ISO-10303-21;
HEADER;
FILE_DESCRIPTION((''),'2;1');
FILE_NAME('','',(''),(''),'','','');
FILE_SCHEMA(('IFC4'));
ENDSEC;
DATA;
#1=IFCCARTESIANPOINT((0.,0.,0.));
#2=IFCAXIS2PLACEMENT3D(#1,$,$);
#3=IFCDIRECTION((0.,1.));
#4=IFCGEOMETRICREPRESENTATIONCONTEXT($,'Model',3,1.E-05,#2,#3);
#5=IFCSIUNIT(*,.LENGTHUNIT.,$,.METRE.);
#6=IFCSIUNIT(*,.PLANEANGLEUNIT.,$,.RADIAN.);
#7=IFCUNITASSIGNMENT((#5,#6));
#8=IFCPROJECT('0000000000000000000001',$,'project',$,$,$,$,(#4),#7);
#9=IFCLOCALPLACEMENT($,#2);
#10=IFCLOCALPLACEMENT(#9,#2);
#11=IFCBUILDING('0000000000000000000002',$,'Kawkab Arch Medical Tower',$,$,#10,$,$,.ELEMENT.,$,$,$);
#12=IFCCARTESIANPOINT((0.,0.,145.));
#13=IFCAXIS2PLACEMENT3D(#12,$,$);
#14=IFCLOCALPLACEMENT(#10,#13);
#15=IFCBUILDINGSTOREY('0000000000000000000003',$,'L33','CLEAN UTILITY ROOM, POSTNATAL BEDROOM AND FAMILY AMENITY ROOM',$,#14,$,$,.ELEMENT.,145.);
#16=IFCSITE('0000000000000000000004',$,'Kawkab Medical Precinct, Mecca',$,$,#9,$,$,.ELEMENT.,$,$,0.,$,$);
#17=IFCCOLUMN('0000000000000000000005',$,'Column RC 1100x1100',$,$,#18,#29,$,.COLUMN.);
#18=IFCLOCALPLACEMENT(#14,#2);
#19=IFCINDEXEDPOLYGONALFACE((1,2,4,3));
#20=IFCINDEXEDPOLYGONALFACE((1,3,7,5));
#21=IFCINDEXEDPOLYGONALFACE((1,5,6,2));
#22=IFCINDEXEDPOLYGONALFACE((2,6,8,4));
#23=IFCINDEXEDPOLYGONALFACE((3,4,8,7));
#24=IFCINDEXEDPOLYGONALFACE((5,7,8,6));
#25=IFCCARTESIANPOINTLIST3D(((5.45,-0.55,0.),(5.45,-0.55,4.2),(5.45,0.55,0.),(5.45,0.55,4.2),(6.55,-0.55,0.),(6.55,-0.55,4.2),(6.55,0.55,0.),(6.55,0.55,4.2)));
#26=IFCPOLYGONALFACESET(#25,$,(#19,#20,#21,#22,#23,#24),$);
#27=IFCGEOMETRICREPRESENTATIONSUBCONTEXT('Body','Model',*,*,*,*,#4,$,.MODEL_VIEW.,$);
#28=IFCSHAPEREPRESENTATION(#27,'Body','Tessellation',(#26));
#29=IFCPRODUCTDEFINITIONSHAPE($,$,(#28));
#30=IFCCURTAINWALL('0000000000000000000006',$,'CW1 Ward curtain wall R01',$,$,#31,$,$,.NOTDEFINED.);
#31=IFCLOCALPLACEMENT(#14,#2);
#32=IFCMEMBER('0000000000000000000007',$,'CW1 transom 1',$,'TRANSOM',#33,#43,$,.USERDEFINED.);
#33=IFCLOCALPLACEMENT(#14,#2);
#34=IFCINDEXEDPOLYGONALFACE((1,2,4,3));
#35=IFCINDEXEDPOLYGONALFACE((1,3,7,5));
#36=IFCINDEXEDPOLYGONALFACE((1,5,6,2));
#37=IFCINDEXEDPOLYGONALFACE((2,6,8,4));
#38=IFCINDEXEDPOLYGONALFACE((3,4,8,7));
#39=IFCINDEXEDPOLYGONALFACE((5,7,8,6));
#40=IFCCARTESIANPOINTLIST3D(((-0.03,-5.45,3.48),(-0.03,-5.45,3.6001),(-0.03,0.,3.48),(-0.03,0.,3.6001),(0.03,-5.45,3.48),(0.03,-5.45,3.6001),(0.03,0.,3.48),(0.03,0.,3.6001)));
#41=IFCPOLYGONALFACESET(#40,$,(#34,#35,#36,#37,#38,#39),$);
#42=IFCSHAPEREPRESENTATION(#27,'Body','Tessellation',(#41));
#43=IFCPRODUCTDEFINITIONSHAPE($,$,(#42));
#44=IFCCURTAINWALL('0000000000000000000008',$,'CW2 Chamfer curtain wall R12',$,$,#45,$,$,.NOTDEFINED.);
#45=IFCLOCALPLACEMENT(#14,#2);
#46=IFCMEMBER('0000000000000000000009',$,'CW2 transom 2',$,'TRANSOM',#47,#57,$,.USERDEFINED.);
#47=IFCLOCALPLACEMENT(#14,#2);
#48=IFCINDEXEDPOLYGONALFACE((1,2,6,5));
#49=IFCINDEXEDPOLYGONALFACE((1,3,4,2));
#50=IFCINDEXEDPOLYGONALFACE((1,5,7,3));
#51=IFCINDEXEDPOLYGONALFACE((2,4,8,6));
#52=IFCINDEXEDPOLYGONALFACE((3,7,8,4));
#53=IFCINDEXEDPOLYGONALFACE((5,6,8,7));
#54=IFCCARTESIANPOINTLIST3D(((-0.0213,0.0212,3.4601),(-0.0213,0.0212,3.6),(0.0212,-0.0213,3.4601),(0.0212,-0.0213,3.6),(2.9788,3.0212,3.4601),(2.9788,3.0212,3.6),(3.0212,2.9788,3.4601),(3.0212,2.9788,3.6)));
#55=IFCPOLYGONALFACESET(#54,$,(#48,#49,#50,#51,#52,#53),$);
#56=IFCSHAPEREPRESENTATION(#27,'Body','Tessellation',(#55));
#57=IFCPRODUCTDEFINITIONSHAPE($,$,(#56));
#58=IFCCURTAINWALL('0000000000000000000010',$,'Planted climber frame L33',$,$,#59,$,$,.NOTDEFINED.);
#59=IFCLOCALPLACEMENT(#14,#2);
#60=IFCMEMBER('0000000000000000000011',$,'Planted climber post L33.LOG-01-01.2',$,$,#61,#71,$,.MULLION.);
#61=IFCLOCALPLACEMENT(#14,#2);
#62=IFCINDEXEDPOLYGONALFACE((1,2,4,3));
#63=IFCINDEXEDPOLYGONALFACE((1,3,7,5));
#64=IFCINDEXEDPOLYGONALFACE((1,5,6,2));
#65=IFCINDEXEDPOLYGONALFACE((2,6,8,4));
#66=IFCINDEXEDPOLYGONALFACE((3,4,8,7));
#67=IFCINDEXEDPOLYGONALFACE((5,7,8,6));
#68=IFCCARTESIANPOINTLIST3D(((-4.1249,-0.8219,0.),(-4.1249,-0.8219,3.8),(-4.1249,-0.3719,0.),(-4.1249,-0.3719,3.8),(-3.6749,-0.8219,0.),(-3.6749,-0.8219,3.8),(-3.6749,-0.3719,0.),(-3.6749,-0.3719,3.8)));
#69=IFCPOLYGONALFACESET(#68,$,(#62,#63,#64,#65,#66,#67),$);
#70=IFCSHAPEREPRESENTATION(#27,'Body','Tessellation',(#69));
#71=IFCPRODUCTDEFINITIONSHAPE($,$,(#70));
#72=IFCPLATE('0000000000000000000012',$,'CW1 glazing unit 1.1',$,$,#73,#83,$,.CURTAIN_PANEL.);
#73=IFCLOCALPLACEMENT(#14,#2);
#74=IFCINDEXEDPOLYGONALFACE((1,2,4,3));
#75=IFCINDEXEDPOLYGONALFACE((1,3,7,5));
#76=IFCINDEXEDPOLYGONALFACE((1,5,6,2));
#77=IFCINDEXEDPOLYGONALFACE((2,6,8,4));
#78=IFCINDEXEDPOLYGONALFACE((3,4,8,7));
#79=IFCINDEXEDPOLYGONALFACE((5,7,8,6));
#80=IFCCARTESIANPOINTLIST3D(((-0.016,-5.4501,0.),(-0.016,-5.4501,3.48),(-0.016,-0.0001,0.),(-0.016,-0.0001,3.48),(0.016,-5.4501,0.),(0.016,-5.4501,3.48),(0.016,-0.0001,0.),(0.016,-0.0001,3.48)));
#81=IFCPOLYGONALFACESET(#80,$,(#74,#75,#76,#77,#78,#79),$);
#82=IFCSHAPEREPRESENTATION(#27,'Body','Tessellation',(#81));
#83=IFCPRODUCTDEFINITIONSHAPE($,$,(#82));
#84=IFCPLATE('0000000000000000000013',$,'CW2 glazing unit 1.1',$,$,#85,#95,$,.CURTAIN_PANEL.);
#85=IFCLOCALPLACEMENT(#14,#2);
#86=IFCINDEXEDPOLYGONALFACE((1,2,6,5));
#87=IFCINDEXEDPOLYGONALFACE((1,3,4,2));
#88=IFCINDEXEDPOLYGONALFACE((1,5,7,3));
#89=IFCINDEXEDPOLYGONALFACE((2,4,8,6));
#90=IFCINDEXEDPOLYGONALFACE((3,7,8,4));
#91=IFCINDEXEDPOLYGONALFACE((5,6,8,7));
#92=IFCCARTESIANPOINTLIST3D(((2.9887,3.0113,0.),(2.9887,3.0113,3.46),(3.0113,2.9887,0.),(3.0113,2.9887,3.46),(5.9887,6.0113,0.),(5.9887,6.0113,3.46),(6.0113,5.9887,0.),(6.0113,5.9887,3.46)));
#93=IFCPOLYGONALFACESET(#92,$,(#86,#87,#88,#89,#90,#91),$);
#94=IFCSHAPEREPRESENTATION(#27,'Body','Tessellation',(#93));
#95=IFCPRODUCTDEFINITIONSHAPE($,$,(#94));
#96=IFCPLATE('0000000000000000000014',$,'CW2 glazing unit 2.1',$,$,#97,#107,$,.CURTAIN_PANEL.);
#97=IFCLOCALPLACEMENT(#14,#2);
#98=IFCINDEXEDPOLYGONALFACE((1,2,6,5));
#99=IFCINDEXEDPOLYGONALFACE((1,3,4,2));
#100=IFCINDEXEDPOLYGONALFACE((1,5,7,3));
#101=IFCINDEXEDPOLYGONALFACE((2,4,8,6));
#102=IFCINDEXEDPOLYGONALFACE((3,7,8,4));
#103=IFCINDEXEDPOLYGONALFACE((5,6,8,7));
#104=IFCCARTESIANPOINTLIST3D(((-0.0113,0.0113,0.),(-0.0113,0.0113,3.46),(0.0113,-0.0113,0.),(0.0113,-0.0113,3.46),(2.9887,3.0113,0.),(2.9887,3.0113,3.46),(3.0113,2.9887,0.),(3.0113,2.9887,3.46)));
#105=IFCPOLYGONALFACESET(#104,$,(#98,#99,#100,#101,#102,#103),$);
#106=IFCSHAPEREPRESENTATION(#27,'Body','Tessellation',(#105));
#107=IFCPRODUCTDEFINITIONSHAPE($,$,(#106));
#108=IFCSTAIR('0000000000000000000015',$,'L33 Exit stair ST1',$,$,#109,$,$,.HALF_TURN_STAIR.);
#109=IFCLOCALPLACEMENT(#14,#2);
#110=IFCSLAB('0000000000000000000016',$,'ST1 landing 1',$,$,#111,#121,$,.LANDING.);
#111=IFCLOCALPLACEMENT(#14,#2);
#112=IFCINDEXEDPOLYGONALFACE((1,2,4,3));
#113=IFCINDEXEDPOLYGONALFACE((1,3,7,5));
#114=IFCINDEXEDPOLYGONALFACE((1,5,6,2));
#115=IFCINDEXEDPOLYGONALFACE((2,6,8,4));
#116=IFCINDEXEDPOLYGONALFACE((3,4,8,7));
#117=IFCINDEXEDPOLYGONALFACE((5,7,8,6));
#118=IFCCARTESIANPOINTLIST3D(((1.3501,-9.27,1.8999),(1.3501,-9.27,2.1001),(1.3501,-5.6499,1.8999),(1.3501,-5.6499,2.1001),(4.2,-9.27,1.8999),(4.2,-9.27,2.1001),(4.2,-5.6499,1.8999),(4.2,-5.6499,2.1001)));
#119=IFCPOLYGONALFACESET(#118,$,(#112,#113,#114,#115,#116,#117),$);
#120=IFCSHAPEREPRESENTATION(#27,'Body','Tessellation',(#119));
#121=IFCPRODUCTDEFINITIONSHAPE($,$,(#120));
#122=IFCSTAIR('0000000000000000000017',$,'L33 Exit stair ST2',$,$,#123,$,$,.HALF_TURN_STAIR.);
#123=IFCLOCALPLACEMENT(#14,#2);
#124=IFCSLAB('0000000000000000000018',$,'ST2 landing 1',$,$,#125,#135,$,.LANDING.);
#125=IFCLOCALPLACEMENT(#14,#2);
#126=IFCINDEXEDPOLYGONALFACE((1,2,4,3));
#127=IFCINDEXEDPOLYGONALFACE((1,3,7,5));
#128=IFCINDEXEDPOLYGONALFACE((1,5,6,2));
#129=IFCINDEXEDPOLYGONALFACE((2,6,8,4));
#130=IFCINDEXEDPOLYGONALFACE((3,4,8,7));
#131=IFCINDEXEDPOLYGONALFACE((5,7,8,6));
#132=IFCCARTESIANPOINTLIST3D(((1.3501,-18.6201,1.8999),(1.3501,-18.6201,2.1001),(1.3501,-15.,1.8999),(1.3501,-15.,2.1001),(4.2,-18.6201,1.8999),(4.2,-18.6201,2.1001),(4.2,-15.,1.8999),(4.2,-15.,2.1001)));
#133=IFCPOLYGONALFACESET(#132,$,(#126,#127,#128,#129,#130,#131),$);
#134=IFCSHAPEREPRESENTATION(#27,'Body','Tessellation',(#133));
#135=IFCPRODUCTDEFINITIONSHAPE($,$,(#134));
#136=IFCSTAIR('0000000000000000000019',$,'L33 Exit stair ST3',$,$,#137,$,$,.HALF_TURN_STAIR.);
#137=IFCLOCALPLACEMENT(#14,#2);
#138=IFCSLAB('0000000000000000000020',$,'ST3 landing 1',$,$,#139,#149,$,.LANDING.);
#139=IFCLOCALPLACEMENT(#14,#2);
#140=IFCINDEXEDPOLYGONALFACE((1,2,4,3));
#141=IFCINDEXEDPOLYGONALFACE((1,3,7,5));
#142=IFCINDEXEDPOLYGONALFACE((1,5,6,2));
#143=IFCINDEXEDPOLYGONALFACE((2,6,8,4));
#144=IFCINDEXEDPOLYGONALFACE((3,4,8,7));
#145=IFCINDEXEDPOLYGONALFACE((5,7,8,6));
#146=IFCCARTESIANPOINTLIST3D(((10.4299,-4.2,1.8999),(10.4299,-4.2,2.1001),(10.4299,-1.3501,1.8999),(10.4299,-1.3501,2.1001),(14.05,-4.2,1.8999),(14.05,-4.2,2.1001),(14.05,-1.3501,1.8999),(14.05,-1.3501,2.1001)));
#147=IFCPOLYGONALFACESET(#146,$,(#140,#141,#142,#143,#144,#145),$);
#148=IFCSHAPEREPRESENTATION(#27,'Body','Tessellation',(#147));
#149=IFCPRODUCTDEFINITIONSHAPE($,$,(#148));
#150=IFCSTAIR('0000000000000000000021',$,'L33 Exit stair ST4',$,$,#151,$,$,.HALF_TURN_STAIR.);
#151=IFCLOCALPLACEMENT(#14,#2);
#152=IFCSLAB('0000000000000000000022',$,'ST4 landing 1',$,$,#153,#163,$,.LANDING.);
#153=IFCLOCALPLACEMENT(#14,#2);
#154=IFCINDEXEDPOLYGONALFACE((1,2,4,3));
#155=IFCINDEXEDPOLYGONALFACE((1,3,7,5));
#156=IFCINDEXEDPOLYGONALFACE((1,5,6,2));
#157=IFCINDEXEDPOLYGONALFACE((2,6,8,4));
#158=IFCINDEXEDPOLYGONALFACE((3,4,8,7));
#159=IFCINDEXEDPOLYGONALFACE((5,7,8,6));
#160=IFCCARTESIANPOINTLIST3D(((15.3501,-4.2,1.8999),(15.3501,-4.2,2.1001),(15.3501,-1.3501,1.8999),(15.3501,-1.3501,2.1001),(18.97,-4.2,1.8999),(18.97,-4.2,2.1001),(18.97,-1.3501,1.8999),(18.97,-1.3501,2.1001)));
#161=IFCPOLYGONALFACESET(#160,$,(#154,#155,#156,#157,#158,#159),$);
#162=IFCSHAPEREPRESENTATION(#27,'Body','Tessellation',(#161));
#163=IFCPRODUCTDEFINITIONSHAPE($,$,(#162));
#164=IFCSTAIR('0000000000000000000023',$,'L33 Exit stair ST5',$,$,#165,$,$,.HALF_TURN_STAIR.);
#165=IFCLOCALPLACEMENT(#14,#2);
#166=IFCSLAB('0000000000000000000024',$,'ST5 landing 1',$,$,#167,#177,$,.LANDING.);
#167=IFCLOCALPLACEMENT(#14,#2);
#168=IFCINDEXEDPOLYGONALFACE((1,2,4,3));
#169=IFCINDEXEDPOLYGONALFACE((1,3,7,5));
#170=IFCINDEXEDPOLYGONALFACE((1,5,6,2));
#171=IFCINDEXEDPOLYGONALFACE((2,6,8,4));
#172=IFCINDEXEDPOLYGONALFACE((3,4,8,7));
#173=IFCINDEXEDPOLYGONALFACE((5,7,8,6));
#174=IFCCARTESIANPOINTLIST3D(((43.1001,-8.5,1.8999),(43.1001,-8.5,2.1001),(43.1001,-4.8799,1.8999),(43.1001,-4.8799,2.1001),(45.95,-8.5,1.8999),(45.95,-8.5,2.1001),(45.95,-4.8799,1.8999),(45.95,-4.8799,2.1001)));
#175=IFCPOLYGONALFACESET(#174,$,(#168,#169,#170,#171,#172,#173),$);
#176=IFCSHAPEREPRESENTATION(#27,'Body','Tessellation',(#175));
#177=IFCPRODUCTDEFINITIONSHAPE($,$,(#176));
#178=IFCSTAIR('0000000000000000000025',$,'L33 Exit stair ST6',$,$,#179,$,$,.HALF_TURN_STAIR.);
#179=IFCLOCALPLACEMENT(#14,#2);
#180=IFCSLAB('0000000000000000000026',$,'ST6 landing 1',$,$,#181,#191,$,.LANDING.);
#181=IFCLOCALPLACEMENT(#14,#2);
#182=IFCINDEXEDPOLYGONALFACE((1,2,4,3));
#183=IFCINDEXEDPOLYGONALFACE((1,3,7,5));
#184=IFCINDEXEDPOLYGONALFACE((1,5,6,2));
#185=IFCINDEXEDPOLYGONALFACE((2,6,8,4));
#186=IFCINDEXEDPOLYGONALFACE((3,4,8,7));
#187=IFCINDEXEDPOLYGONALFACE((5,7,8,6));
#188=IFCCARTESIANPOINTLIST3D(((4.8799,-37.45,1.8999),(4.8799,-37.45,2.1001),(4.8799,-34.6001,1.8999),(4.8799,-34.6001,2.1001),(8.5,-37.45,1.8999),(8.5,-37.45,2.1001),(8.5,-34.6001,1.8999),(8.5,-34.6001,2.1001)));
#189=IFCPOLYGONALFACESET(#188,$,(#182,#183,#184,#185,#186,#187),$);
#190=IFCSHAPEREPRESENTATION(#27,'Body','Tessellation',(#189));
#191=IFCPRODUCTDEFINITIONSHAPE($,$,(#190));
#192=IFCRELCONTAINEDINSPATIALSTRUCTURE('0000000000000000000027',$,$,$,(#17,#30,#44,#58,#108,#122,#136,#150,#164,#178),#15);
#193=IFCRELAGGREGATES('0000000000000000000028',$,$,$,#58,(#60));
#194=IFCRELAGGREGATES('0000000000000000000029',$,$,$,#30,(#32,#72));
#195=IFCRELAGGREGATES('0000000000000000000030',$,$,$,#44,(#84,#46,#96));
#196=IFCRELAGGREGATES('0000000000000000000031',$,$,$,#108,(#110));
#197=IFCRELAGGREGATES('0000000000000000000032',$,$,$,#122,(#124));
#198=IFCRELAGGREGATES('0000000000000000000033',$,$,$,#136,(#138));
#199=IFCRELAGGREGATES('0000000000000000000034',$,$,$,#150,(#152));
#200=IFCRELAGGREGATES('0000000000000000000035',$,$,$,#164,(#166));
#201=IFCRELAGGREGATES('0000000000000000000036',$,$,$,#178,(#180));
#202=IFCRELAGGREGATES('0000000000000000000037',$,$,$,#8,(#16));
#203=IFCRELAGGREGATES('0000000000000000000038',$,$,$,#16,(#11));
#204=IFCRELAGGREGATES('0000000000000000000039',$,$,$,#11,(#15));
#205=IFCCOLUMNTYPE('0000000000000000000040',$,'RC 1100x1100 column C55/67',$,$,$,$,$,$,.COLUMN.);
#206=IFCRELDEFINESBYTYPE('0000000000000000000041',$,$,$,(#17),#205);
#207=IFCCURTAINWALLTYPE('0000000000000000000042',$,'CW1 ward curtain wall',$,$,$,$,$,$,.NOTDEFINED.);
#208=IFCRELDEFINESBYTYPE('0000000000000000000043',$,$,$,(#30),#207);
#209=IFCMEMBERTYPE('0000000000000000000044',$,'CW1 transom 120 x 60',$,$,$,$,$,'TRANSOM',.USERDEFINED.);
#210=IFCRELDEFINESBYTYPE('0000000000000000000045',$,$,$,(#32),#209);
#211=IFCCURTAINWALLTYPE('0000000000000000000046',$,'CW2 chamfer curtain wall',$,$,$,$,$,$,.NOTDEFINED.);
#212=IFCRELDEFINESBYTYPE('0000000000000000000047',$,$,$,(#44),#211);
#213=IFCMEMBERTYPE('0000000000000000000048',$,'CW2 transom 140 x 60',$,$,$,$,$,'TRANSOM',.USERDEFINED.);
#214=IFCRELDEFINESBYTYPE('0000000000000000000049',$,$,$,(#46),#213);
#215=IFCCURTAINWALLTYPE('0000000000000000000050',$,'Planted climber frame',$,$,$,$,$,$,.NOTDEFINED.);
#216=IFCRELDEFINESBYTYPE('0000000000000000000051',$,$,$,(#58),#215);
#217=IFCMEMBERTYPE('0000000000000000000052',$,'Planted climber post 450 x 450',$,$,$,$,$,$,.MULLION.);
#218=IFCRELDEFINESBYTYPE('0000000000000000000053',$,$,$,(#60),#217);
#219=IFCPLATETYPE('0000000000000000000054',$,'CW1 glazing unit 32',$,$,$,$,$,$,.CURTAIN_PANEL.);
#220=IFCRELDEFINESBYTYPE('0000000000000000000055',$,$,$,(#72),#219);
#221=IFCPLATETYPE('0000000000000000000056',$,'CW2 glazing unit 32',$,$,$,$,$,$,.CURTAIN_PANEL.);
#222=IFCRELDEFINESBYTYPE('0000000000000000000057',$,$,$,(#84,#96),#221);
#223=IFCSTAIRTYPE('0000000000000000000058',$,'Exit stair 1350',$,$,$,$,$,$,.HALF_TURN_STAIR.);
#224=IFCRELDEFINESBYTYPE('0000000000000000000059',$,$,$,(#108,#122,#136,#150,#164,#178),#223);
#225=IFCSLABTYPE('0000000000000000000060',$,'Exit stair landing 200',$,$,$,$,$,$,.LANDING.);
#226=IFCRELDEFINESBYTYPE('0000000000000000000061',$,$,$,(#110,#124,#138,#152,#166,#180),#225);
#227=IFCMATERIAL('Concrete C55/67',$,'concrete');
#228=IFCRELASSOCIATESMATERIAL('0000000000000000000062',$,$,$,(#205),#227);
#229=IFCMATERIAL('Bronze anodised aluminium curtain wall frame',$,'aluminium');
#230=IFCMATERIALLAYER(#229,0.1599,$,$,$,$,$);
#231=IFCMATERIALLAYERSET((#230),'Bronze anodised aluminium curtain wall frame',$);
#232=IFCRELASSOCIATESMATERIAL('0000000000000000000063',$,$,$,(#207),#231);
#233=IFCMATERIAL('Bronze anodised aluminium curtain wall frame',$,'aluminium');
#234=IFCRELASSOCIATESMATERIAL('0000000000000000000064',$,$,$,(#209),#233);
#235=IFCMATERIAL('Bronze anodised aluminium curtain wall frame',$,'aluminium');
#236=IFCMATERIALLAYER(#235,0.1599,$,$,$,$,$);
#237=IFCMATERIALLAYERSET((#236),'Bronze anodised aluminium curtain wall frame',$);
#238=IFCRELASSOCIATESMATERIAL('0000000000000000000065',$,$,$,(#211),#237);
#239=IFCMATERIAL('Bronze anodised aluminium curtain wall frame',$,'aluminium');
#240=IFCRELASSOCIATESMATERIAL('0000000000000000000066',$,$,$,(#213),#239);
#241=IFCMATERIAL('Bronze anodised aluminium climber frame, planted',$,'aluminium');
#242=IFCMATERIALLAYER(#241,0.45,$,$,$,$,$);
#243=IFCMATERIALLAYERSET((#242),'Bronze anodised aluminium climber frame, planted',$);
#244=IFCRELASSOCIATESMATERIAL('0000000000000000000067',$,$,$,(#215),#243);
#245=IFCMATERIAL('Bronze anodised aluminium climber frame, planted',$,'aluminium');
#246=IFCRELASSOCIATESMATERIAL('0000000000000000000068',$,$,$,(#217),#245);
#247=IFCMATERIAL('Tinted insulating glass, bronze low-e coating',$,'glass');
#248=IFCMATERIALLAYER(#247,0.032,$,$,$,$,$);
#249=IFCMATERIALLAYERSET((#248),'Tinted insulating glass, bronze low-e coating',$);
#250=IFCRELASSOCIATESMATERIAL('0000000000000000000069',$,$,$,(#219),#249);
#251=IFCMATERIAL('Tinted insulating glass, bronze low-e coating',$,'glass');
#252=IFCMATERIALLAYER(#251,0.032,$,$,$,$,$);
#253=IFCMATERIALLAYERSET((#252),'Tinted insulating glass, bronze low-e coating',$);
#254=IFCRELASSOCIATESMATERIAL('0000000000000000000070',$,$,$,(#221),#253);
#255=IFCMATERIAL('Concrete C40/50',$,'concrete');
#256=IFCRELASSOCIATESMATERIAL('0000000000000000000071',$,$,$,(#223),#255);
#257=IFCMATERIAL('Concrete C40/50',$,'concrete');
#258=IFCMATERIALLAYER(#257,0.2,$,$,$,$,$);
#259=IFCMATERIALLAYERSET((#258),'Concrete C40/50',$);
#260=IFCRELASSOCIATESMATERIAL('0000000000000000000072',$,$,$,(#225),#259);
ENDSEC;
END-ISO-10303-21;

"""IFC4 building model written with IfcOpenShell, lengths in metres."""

from ifc_helpers import new_model, si_unit, direction, frame, origin, origin_2d, place, context, subcontext, project, spatial, polyline, rectangle, outline, extrude, material, layer, layer_set, material_profile, profile_set, type_object, element, aggregate, save


model = new_model("IFC4")

# Units and contexts
model_context = context("Model", 3, precision=1e-05, world=origin(), true_north=direction((0.0, 1.0)))
body_context = subcontext(model_context, "Body", "Model", "MODEL_VIEW")
ifc_project = project(units=[si_unit("LENGTHUNIT", "METRE"), si_unit("PLANEANGLEUNIT", "RADIAN")], contexts=[model_context])

# Site, building, storey
site_placement = place(None, origin())
site = spatial("IfcSite", under=ifc_project, at=site_placement, Name="Kawkab Medical Precinct, Mecca", CompositionType="ELEMENT", RefElevation=0.0)
building_placement = place(site_placement, origin())
building = spatial("IfcBuilding", under=site, at=building_placement, Name="Kawkab Arch Medical Tower", CompositionType="ELEMENT")
storey_placement = place(building_placement, frame((0.0, 0.0, 145.0)))
storey = spatial("IfcBuildingStorey", under=building, at=storey_placement, Name="L33", Description="CLEAN UTILITY ROOM, POSTNATAL BEDROOM AND FAMILY AMENITY ROOM", CompositionType="ELEMENT", Elevation=145.0)

# Column
ifc_material_1 = material(Name="Concrete C55/67", Category="concrete")
ifc_material_profile_1 = material_profile(ifc_material_1, rectangle(XDim=1.1001, YDim=1.1001, at=origin_2d()), Name="RC 1100x1100")
ifc_profile_set_1 = profile_set([ifc_material_profile_1], Name="Concrete C55/67")
column_type = type_object("IfcColumnType", Name="RC 1100x1100 column C55/67", PredefinedType="COLUMN", material=ifc_profile_set_1)
column_placement = place(storey_placement, frame((6.0, 0.0, 0.0), z_axis=(0.0, 0.0, 1.0), x_axis=(1.0, 0.0, 0.0)))
element("IfcColumn", 1, at=column_placement, inside=storey, type_object=column_type, Name="Column RC 1100x1100", PredefinedType="COLUMN", context=body_context, shape_type="SweptSolid", body=[
    extrude(rectangle(XDim=1.1001, YDim=1.1001, at=origin_2d()), origin(), (0.0, 0.0, 1.0), 4.2),
])

# Curtain walls, members
ifc_material_2 = material(Name="Bronze anodised aluminium curtain wall frame", Category="aluminium")
ifc_layer_1 = layer(ifc_material_2, 0.1599)
ifc_layer_set_1 = layer_set([ifc_layer_1], Name="Bronze anodised aluminium curtain wall frame")
curtain_wall_type_1 = type_object("IfcCurtainWallType", Name="CW1 ward curtain wall", PredefinedType="NOTDEFINED", material=ifc_layer_set_1)
placement_1 = place(storey_placement, origin())
curtain_wall_1 = element("IfcCurtainWall", 2, at=placement_1, inside=storey, type_object=curtain_wall_type_1, Name="CW1 Ward curtain wall R01", PredefinedType="NOTDEFINED")
ifc_material_3 = material(Name="Bronze anodised aluminium curtain wall frame", Category="aluminium")
ifc_material_profile_2 = material_profile(ifc_material_3, rectangle(XDim=0.0601, YDim=0.1201, at=origin_2d()), Name="AL 60x120")
ifc_profile_set_2 = profile_set([ifc_material_profile_2], Name="Bronze anodised aluminium curtain wall frame")
member_type_1 = type_object("IfcMemberType", Name="CW1 transom 120 x 60", ElementType="TRANSOM", PredefinedType="USERDEFINED", material=ifc_profile_set_2)
member_1_placement = place(storey_placement, frame((0.0, 0.0, 3.54), z_axis=(0.0, -1.0, 0.0), x_axis=(1.0, 0.0, 0.0)))
member_1 = element("IfcMember", 3, at=member_1_placement, type_object=member_type_1, Name="CW1 transom 1", ObjectType="TRANSOM", PredefinedType="USERDEFINED", context=body_context, shape_type="SweptSolid", body=[
    extrude(rectangle(XDim=0.0601, YDim=0.1201, at=origin_2d()), origin(), (0.0, 0.0, 1.0), 5.45),
])
ifc_material_4 = material(Name="Bronze anodised aluminium curtain wall frame", Category="aluminium")
ifc_layer_2 = layer(ifc_material_4, 0.1599)
ifc_layer_set_2 = layer_set([ifc_layer_2], Name="Bronze anodised aluminium curtain wall frame")
curtain_wall_type_2 = type_object("IfcCurtainWallType", Name="CW2 chamfer curtain wall", PredefinedType="NOTDEFINED", material=ifc_layer_set_2)
curtain_wall_2 = element("IfcCurtainWall", 4, at=placement_1, inside=storey, type_object=curtain_wall_type_2, Name="CW2 Chamfer curtain wall R12", PredefinedType="NOTDEFINED")
ifc_material_5 = material(Name="Bronze anodised aluminium curtain wall frame", Category="aluminium")
ifc_material_profile_3 = material_profile(ifc_material_5, rectangle(XDim=0.0601, YDim=0.1399, at=origin_2d()), Name="AL 60x140")
ifc_profile_set_3 = profile_set([ifc_material_profile_3], Name="Bronze anodised aluminium curtain wall frame")
member_type_2 = type_object("IfcMemberType", Name="CW2 transom 140 x 60", ElementType="TRANSOM", PredefinedType="USERDEFINED", material=ifc_profile_set_3)
member_2_placement = place(storey_placement, frame((3.0, 3.0, 3.53), z_axis=(-0.707107, -0.707107, 0.0), x_axis=(0.707107, -0.707107, 0.0)))
member_2 = element("IfcMember", 5, at=member_2_placement, type_object=member_type_2, Name="CW2 transom 2", ObjectType="TRANSOM", PredefinedType="USERDEFINED", context=body_context, shape_type="SweptSolid", body=[
    extrude(rectangle(XDim=0.0601, YDim=0.1399, at=origin_2d()), origin(), (0.0, 0.0, 1.0), 4.2427),
])
ifc_material_6 = material(Name="Bronze anodised aluminium climber frame, planted", Category="aluminium")
ifc_layer_3 = layer(ifc_material_6, 0.45)
ifc_layer_set_3 = layer_set([ifc_layer_3], Name="Bronze anodised aluminium climber frame, planted")
curtain_wall_type_3 = type_object("IfcCurtainWallType", Name="Planted climber frame", PredefinedType="NOTDEFINED", material=ifc_layer_set_3)
curtain_wall_3 = element("IfcCurtainWall", 6, at=placement_1, inside=storey, type_object=curtain_wall_type_3, Name="Planted climber frame L33", PredefinedType="NOTDEFINED")
ifc_material_7 = material(Name="Bronze anodised aluminium climber frame, planted", Category="aluminium")
ifc_material_profile_4 = material_profile(ifc_material_7, rectangle(XDim=0.45, YDim=0.45, at=origin_2d()), Name="Post 450x450")
ifc_profile_set_4 = profile_set([ifc_material_profile_4], Name="Bronze anodised aluminium climber frame, planted")
member_type_3 = type_object("IfcMemberType", Name="Planted climber post 450 x 450", PredefinedType="MULLION", material=ifc_profile_set_4)
member_3_placement = place(storey_placement, frame((-3.8999, -0.5969, 0.0), z_axis=(0.0, 0.0, 1.0), x_axis=(1.0, 0.0, 0.0)))
member_3 = element("IfcMember", 7, at=member_3_placement, type_object=member_type_3, Name="Planted climber post L33.LOG-01-01.2", PredefinedType="MULLION", context=body_context, shape_type="SweptSolid", body=[
    extrude(rectangle(XDim=0.45, YDim=0.45, at=origin_2d()), origin(), (0.0, 0.0, 1.0), 3.8),
])
aggregate(curtain_wall_3, [member_3])

# Plates
ifc_material_8 = material(Name="Tinted insulating glass, bronze low-e coating", Category="glass")
ifc_layer_4 = layer(ifc_material_8, 0.032)
ifc_layer_set_4 = layer_set([ifc_layer_4], Name="Tinted insulating glass, bronze low-e coating")
plate_type_1 = type_object("IfcPlateType", Name="CW1 glazing unit 32", PredefinedType="CURTAIN_PANEL", material=ifc_layer_set_4)
plate_1_placement = place(storey_placement, frame((0.0, -2.7251, 0.0), z_axis=(0.0, 0.0, 1.0), x_axis=(0.0, -1.0, 0.0)))
plate_1 = element("IfcPlate", 8, at=plate_1_placement, type_object=plate_type_1, Name="CW1 glazing unit 1.1", PredefinedType="CURTAIN_PANEL", context=body_context, shape_type="SweptSolid", body=[
    extrude(rectangle(XDim=5.45, YDim=0.032, at=origin_2d()), origin(), (0.0, 0.0, 1.0), 3.48),
])
aggregate(curtain_wall_1, [member_1, plate_1])
ifc_material_9 = material(Name="Tinted insulating glass, bronze low-e coating", Category="glass")
ifc_layer_5 = layer(ifc_material_9, 0.032)
ifc_layer_set_5 = layer_set([ifc_layer_5], Name="Tinted insulating glass, bronze low-e coating")
plate_type_2 = type_object("IfcPlateType", Name="CW2 glazing unit 32", PredefinedType="CURTAIN_PANEL", material=ifc_layer_set_5)
plate_2_placement = place(storey_placement, frame((4.5, 4.5, 0.0), z_axis=(0.0, 0.0, 1.0), x_axis=(-0.707107, -0.707107, 0.0)))
plate_2 = element("IfcPlate", 9, at=plate_2_placement, type_object=plate_type_2, Name="CW2 glazing unit 1.1", PredefinedType="CURTAIN_PANEL", context=body_context, shape_type="SweptSolid", body=[
    extrude(rectangle(XDim=4.2427, YDim=0.032, at=origin_2d()), origin(), (0.0, 0.0, 1.0), 3.46),
])
plate_3_placement = place(storey_placement, frame((1.5, 1.5, 0.0), z_axis=(0.0, 0.0, 1.0), x_axis=(-0.707107, -0.707107, 0.0)))
plate_3 = element("IfcPlate", 10, at=plate_3_placement, type_object=plate_type_2, Name="CW2 glazing unit 2.1", PredefinedType="CURTAIN_PANEL", context=body_context, shape_type="SweptSolid", body=[
    extrude(rectangle(XDim=4.2427, YDim=0.032, at=origin_2d()), origin(), (0.0, 0.0, 1.0), 3.46),
])
aggregate(curtain_wall_2, [plate_2, member_2, plate_3])

# Stairs, slabs
ifc_material_10 = material(Name="Concrete C40/50", Category="concrete")
stair_type = type_object("IfcStairType", Name="Exit stair 1350", PredefinedType="HALF_TURN_STAIR", material=ifc_material_10)
stair_1 = element("IfcStair", 11, at=placement_1, inside=storey, type_object=stair_type, Name="L33 Exit stair ST1", PredefinedType="HALF_TURN_STAIR")
ifc_material_11 = material(Name="Concrete C40/50", Category="concrete")
ifc_layer_6 = layer(ifc_material_11, 0.2)
ifc_layer_set_6 = layer_set([ifc_layer_6], Name="Concrete C40/50")
slab_type_1 = type_object("IfcSlabType", Name="Exit stair landing 200", PredefinedType="LANDING", material=ifc_layer_set_6)
placement_2 = place(storey_placement, frame((0.0, 0.0, 1.8999)))
slab_1 = element("IfcSlab", 12, at=placement_2, type_object=slab_type_1, Name="ST1 landing 1", PredefinedType="LANDING", context=body_context, shape_type="SweptSolid", body=[
    extrude(outline(polyline([(4.2, -9.27), (4.2, -5.6499), (1.3501, -5.6499), (1.3501, -9.27), (4.2, -9.27)])), origin(), (0.0, 0.0, 1.0), 0.2002),
])
aggregate(stair_1, [slab_1])
stair_2 = element("IfcStair", 13, at=placement_1, inside=storey, type_object=stair_type, Name="L33 Exit stair ST2", PredefinedType="HALF_TURN_STAIR")
slab_2 = element("IfcSlab", 14, at=placement_2, type_object=slab_type_1, Name="ST2 landing 1", PredefinedType="LANDING", context=body_context, shape_type="SweptSolid", body=[
    extrude(outline(polyline([(4.2, -18.6201), (4.2, -15.0), (1.3501, -15.0), (1.3501, -18.6201), (4.2, -18.6201)])), origin(), (0.0, 0.0, 1.0), 0.2002),
])
aggregate(stair_2, [slab_2])
stair_3 = element("IfcStair", 15, at=placement_1, inside=storey, type_object=stair_type, Name="L33 Exit stair ST3", PredefinedType="HALF_TURN_STAIR")
slab_3 = element("IfcSlab", 16, at=placement_2, type_object=slab_type_1, Name="ST3 landing 1", PredefinedType="LANDING", context=body_context, shape_type="SweptSolid", body=[
    extrude(outline(polyline([(10.4299, -4.2), (14.05, -4.2), (14.05, -1.3501), (10.4299, -1.3501), (10.4299, -4.2)])), origin(), (0.0, 0.0, 1.0), 0.2002),
])
aggregate(stair_3, [slab_3])
stair_4 = element("IfcStair", 17, at=placement_1, inside=storey, type_object=stair_type, Name="L33 Exit stair ST4", PredefinedType="HALF_TURN_STAIR")
slab_4 = element("IfcSlab", 18, at=placement_2, type_object=slab_type_1, Name="ST4 landing 1", PredefinedType="LANDING", context=body_context, shape_type="SweptSolid", body=[
    extrude(outline(polyline([(18.97, -1.3501), (15.3501, -1.3501), (15.3501, -4.2), (18.97, -4.2), (18.97, -1.3501)])), origin(), (0.0, 0.0, 1.0), 0.2002),
])
aggregate(stair_4, [slab_4])
stair_5 = element("IfcStair", 19, at=placement_1, inside=storey, type_object=stair_type, Name="L33 Exit stair ST5", PredefinedType="HALF_TURN_STAIR")
slab_5 = element("IfcSlab", 20, at=placement_2, type_object=slab_type_1, Name="ST5 landing 1", PredefinedType="LANDING", context=body_context, shape_type="SweptSolid", body=[
    extrude(outline(polyline([(43.1001, -4.8799), (43.1001, -8.5), (45.95, -8.5), (45.95, -4.8799), (43.1001, -4.8799)])), origin(), (0.0, 0.0, 1.0), 0.2002),
])
aggregate(stair_5, [slab_5])
stair_6 = element("IfcStair", 21, at=placement_1, inside=storey, type_object=stair_type, Name="L33 Exit stair ST6", PredefinedType="HALF_TURN_STAIR")
slab_6 = element("IfcSlab", 22, at=placement_2, type_object=slab_type_1, Name="ST6 landing 1", PredefinedType="LANDING", context=body_context, shape_type="SweptSolid", body=[
    extrude(outline(polyline([(4.8799, -37.45), (8.5, -37.45), (8.5, -34.6001), (4.8799, -34.6001), (4.8799, -37.45)])), origin(), (0.0, 0.0, 1.0), 0.2002),
])
aggregate(stair_6, [slab_6])

save(model, "model.ifc")
